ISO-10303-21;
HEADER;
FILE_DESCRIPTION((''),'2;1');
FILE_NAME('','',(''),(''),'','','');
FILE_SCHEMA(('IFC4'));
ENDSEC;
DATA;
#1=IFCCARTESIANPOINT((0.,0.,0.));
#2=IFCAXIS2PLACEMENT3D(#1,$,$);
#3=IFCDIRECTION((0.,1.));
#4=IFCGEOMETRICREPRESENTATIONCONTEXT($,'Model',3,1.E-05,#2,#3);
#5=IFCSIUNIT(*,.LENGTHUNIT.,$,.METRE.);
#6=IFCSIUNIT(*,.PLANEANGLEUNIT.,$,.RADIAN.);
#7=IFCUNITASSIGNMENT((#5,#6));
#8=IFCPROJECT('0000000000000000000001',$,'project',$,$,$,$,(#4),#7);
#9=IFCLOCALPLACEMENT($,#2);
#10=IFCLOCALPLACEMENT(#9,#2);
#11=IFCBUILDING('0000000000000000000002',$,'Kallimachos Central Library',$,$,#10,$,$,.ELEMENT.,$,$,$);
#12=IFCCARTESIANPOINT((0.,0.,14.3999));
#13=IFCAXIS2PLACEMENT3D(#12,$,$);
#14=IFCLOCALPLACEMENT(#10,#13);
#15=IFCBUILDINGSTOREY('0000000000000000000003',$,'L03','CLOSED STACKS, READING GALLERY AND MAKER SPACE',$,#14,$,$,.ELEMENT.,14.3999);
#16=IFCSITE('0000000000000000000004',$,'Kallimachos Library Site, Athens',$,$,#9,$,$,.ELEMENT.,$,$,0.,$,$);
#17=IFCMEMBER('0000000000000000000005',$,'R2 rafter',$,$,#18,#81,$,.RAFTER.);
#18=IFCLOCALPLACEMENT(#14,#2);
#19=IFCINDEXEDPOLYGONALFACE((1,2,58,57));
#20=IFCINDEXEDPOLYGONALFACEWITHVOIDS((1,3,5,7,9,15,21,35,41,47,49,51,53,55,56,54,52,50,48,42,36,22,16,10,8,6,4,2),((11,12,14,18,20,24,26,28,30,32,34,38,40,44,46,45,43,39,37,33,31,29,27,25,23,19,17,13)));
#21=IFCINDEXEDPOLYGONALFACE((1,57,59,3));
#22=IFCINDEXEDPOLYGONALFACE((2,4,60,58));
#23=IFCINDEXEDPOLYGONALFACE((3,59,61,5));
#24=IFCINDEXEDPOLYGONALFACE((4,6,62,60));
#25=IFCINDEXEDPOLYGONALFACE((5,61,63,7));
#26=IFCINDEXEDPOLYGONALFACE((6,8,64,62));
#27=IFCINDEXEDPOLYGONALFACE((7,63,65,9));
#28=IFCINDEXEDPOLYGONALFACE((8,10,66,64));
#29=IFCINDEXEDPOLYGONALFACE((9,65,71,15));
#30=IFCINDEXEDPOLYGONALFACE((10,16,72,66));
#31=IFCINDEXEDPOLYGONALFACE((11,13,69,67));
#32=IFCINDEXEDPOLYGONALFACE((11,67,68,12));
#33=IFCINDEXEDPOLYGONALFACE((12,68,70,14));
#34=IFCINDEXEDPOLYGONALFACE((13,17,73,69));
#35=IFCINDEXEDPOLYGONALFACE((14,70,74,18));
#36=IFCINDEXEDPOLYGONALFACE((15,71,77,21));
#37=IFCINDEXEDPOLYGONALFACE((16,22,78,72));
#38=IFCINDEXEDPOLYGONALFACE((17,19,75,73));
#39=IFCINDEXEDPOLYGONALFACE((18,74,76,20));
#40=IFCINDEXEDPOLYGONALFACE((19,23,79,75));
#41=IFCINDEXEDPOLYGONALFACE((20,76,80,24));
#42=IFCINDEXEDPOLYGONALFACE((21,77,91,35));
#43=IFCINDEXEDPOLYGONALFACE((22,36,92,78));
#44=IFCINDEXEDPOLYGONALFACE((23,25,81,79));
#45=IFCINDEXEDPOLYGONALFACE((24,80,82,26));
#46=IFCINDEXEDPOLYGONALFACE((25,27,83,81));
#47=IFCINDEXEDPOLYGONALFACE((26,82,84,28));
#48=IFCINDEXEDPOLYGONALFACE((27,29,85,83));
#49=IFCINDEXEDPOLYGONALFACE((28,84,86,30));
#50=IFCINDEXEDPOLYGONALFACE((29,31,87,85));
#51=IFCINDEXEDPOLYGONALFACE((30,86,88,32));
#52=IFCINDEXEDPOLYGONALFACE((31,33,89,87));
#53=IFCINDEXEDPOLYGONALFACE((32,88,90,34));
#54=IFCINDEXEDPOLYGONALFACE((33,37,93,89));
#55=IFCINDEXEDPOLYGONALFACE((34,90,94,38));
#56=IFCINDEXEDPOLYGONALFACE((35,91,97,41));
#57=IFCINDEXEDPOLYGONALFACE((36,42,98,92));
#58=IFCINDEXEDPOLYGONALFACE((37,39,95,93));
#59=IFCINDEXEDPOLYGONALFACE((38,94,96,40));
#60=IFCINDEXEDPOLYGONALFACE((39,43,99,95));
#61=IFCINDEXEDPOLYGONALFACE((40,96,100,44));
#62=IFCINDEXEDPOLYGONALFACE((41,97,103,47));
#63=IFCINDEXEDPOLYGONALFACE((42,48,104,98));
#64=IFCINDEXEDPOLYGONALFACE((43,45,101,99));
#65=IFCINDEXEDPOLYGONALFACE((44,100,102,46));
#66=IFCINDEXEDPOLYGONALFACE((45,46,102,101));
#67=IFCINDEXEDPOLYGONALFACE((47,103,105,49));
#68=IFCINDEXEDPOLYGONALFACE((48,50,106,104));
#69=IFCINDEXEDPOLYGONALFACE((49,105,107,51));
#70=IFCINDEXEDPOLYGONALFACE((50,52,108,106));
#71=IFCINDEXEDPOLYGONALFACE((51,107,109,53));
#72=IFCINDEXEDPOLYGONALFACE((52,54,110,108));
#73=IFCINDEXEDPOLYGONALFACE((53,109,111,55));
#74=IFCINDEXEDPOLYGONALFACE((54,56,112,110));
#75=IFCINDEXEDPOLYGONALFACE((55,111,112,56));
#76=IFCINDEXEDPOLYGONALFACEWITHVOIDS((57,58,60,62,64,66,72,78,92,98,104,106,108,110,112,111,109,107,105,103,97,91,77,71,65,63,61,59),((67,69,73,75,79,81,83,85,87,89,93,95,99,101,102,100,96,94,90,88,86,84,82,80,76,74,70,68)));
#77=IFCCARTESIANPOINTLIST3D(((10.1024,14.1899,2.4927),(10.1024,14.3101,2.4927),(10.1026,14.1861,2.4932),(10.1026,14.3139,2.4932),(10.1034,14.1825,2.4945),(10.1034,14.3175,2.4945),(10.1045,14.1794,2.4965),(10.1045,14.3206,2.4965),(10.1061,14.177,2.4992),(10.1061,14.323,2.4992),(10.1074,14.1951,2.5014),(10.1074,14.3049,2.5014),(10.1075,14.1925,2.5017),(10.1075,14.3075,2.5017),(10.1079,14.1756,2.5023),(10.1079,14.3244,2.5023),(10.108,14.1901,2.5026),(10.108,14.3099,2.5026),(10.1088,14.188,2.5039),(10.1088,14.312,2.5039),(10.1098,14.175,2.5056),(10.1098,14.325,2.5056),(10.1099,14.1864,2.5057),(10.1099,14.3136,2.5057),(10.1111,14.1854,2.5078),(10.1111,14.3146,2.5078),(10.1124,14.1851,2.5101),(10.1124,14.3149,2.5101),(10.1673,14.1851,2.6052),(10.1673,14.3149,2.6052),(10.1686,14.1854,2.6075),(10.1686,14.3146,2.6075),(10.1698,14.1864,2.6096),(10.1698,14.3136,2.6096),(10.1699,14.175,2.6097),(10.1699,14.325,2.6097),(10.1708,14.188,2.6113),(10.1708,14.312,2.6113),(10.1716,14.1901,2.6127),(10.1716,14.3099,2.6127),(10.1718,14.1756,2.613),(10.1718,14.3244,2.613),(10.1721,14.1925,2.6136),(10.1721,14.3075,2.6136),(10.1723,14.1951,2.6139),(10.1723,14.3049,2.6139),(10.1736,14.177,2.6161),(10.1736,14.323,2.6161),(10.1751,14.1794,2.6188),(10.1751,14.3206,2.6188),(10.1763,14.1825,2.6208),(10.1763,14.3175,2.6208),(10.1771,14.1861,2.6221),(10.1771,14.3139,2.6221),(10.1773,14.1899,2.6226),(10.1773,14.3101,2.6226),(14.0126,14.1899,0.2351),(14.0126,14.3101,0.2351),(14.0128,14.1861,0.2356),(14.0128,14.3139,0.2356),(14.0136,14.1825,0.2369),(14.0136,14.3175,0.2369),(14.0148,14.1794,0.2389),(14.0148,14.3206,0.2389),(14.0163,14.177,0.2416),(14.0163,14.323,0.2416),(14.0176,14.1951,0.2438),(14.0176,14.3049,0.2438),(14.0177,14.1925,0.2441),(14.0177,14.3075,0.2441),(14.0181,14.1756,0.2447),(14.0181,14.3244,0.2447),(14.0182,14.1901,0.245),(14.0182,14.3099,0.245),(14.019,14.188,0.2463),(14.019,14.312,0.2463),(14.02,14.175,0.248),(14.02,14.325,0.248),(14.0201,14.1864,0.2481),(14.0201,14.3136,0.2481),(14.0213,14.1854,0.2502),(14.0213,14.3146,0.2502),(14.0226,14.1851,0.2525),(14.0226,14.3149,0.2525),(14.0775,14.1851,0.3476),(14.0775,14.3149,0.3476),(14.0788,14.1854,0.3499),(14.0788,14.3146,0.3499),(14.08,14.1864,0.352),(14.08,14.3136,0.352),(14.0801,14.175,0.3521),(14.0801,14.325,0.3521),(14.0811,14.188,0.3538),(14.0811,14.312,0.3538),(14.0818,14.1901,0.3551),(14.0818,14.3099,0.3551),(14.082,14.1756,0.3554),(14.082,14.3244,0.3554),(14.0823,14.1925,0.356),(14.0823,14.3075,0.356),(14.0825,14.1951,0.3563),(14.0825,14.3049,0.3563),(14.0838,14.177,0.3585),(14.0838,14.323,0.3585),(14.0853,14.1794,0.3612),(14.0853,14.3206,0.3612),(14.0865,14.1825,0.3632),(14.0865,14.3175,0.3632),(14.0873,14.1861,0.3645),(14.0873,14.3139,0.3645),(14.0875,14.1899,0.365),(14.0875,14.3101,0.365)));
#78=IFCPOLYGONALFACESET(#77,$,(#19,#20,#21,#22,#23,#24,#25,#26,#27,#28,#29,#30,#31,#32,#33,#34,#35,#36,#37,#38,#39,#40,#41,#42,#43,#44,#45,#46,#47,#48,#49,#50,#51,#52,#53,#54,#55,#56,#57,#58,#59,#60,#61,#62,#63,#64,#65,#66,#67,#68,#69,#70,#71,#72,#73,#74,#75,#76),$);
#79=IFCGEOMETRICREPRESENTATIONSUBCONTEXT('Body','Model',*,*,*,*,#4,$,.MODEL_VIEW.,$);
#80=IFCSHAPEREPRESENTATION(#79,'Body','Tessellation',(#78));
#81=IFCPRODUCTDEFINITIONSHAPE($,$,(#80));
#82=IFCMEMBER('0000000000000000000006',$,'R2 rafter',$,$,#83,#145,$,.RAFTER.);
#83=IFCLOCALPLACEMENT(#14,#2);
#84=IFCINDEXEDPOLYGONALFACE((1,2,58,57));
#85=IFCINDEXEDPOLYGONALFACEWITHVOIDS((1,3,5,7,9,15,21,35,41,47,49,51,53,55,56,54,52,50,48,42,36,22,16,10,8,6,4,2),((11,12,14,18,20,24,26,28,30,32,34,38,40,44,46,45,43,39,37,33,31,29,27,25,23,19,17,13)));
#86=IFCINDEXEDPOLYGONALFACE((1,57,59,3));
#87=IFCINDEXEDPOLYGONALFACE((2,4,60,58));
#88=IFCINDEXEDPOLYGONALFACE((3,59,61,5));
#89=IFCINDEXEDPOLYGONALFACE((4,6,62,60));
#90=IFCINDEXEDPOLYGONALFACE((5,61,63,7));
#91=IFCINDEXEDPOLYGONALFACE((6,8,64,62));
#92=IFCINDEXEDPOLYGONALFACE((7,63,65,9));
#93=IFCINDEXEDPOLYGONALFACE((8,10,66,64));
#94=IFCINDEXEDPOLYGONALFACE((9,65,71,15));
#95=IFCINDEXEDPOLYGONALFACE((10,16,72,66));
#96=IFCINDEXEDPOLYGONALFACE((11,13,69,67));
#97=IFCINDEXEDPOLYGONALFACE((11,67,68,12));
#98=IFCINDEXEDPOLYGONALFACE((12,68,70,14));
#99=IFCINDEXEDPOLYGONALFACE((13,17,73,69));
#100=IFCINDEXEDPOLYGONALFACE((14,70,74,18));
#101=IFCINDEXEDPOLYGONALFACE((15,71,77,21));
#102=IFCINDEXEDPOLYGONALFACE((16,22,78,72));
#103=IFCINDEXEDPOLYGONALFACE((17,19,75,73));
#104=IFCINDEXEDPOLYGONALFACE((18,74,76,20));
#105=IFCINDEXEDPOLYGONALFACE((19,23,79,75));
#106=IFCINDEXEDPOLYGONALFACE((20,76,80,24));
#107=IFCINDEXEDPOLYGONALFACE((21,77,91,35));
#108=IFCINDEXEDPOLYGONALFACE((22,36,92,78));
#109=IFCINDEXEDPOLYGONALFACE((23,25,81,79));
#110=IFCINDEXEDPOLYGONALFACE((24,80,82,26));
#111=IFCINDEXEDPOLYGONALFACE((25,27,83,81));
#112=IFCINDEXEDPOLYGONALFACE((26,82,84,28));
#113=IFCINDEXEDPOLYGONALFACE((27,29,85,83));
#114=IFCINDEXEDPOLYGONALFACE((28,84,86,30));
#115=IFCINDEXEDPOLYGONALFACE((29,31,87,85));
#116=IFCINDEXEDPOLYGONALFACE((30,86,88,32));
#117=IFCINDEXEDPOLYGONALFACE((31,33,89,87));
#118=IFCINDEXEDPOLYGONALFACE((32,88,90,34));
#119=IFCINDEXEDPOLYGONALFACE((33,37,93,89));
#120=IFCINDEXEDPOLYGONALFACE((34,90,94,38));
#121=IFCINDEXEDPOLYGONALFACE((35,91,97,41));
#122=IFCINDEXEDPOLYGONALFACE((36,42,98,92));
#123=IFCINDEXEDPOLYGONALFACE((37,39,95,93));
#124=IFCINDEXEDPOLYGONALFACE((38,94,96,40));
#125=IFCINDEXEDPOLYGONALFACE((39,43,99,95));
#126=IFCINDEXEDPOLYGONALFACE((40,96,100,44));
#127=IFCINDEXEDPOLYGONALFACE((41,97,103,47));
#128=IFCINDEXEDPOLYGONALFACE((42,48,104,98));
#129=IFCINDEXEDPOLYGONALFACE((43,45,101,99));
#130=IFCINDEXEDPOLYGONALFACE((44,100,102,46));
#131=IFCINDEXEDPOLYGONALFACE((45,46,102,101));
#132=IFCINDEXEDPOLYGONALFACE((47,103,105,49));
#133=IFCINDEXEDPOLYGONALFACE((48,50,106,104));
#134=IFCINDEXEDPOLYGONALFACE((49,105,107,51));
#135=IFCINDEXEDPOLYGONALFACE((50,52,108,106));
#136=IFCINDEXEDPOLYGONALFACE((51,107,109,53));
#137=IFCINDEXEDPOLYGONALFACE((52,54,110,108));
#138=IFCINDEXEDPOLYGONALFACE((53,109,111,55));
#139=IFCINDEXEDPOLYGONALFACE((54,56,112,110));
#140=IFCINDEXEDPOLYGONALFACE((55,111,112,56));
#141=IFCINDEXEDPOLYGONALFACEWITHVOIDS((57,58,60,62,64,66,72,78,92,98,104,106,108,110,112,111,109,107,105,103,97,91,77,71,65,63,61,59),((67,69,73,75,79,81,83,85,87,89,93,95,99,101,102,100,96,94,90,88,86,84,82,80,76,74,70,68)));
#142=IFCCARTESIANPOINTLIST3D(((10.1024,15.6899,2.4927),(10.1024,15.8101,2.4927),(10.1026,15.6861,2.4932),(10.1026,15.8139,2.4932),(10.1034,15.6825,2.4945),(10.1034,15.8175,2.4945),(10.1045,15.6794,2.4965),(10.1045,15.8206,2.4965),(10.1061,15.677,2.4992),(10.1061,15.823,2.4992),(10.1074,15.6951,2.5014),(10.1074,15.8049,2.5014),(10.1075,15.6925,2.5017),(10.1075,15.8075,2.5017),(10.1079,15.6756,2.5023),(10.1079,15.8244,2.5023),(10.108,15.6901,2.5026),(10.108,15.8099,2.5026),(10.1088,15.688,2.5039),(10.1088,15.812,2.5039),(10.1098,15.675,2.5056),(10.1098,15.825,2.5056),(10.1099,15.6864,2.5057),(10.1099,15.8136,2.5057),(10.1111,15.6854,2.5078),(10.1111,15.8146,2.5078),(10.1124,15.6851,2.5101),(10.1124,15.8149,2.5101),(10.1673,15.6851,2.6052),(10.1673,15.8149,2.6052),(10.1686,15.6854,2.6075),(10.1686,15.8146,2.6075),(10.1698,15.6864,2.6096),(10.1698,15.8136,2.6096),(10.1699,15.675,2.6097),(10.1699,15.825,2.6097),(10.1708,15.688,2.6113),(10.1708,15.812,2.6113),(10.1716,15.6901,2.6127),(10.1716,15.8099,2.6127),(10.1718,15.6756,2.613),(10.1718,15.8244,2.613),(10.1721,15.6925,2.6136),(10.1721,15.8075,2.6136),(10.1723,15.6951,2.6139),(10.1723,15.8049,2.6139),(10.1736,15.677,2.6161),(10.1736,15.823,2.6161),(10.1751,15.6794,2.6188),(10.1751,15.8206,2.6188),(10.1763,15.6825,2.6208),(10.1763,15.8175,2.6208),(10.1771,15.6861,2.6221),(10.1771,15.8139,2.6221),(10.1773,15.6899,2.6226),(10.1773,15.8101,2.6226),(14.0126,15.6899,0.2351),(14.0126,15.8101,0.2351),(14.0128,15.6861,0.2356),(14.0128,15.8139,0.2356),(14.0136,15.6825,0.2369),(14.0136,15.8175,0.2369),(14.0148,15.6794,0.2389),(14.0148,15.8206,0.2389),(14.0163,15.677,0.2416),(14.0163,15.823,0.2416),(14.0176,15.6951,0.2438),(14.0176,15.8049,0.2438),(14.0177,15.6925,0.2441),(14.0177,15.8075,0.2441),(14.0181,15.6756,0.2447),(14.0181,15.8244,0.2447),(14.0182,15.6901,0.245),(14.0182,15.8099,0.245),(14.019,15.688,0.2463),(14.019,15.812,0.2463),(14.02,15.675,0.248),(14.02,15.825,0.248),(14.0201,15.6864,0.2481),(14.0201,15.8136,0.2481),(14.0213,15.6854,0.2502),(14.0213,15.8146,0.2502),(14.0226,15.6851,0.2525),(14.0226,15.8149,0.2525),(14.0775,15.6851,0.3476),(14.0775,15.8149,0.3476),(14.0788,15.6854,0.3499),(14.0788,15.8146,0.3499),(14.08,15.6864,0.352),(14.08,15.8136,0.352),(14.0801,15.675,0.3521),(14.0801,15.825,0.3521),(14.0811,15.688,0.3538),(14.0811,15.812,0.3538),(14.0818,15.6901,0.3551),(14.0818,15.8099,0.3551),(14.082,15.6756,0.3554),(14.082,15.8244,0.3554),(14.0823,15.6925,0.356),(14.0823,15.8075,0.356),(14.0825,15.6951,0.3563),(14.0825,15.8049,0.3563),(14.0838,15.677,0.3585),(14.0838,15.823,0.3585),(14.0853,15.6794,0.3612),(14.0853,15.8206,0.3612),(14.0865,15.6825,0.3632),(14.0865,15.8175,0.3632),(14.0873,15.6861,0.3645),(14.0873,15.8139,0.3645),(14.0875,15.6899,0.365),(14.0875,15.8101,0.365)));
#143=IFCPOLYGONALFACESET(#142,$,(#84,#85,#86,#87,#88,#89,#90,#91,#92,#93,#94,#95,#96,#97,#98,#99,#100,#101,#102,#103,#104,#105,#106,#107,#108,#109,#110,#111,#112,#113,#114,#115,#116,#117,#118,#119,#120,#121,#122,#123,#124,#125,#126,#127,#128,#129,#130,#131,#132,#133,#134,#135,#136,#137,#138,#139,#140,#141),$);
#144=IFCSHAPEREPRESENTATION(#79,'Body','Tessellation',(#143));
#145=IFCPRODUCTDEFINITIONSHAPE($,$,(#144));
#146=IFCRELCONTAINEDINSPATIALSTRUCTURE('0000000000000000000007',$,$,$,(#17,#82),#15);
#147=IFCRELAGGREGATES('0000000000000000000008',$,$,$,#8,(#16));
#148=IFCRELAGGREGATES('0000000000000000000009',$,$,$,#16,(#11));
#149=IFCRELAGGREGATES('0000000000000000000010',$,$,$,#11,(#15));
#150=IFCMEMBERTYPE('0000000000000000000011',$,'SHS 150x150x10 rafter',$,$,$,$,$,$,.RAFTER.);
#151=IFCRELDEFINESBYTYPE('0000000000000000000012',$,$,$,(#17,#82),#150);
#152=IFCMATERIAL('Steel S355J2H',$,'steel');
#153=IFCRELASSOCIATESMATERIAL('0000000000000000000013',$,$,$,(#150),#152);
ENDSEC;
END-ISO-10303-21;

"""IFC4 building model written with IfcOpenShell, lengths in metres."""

from ifc_helpers import new_model, si_unit, direction, frame, origin, origin_2d, place, context, subcontext, project, spatial, hollow_rectangle, extrude, material, material_profile, profile_set, type_object, element, save


model = new_model("IFC4")

# Units and contexts
model_context = context("Model", 3, precision=1e-05, world=origin(), true_north=direction((0.0, 1.0)))
body_context = subcontext(model_context, "Body", "Model", "MODEL_VIEW")
ifc_project = project(units=[si_unit("LENGTHUNIT", "METRE"), si_unit("PLANEANGLEUNIT", "RADIAN")], contexts=[model_context])

# Site, building, storey
site_placement = place(None, origin())
site = spatial("IfcSite", under=ifc_project, at=site_placement, Name="Kallimachos Library Site, Athens", CompositionType="ELEMENT", RefElevation=0.0)
building_placement = place(site_placement, origin())
building = spatial("IfcBuilding", under=site, at=building_placement, Name="Kallimachos Central Library", CompositionType="ELEMENT")
storey_placement = place(building_placement, frame((0.0, 0.0, 14.3999)))
storey = spatial("IfcBuildingStorey", under=building, at=storey_placement, Name="L03", Description="CLOSED STACKS, READING GALLERY AND MAKER SPACE", CompositionType="ELEMENT", Elevation=14.3999)

# Members
ifc_material_1 = material(Name="Steel S355J2H", Category="steel")
ifc_material_profile_1 = material_profile(ifc_material_1, hollow_rectangle(XDim=0.1499, YDim=0.1499, WallThickness=0.01, InnerFilletRadius=0.01, OuterFilletRadius=0.0149, at=origin_2d()), Name="SHS 150x150x10")
ifc_profile_set_1 = profile_set([ifc_material_profile_1], Name="Steel S355J2H")
member_type_1 = type_object("IfcMemberType", Name="SHS 150x150x10 rafter", PredefinedType="RAFTER", material=ifc_profile_set_1)
for number, where, z_axis, x_axis, name in (
    (1, (14.05, 14.25, 0.3), (-0.866022, 0.0, 0.500006), (0.0, -1.0, 0.0), "R2 rafter"),
    (2, (14.05, 15.75, 0.3), (-0.866022, 0.0, 0.500006), (0.0, -1.0, 0.0), "R2 rafter"),
):
    element("IfcMember", number, at=place(storey_placement, frame(where, z_axis=z_axis, x_axis=x_axis)), inside=storey, type_object=member_type_1, Name=name, PredefinedType="RAFTER", context=body_context, shape_type="SweptSolid", body=[
        extrude(hollow_rectangle(XDim=0.1499, YDim=0.1499, WallThickness=0.01, InnerFilletRadius=0.01, OuterFilletRadius=0.0149, at=origin_2d()), origin(), (0.0, 0.0, 1.0), 4.5151),
    ])

save(model, "model.ifc")
